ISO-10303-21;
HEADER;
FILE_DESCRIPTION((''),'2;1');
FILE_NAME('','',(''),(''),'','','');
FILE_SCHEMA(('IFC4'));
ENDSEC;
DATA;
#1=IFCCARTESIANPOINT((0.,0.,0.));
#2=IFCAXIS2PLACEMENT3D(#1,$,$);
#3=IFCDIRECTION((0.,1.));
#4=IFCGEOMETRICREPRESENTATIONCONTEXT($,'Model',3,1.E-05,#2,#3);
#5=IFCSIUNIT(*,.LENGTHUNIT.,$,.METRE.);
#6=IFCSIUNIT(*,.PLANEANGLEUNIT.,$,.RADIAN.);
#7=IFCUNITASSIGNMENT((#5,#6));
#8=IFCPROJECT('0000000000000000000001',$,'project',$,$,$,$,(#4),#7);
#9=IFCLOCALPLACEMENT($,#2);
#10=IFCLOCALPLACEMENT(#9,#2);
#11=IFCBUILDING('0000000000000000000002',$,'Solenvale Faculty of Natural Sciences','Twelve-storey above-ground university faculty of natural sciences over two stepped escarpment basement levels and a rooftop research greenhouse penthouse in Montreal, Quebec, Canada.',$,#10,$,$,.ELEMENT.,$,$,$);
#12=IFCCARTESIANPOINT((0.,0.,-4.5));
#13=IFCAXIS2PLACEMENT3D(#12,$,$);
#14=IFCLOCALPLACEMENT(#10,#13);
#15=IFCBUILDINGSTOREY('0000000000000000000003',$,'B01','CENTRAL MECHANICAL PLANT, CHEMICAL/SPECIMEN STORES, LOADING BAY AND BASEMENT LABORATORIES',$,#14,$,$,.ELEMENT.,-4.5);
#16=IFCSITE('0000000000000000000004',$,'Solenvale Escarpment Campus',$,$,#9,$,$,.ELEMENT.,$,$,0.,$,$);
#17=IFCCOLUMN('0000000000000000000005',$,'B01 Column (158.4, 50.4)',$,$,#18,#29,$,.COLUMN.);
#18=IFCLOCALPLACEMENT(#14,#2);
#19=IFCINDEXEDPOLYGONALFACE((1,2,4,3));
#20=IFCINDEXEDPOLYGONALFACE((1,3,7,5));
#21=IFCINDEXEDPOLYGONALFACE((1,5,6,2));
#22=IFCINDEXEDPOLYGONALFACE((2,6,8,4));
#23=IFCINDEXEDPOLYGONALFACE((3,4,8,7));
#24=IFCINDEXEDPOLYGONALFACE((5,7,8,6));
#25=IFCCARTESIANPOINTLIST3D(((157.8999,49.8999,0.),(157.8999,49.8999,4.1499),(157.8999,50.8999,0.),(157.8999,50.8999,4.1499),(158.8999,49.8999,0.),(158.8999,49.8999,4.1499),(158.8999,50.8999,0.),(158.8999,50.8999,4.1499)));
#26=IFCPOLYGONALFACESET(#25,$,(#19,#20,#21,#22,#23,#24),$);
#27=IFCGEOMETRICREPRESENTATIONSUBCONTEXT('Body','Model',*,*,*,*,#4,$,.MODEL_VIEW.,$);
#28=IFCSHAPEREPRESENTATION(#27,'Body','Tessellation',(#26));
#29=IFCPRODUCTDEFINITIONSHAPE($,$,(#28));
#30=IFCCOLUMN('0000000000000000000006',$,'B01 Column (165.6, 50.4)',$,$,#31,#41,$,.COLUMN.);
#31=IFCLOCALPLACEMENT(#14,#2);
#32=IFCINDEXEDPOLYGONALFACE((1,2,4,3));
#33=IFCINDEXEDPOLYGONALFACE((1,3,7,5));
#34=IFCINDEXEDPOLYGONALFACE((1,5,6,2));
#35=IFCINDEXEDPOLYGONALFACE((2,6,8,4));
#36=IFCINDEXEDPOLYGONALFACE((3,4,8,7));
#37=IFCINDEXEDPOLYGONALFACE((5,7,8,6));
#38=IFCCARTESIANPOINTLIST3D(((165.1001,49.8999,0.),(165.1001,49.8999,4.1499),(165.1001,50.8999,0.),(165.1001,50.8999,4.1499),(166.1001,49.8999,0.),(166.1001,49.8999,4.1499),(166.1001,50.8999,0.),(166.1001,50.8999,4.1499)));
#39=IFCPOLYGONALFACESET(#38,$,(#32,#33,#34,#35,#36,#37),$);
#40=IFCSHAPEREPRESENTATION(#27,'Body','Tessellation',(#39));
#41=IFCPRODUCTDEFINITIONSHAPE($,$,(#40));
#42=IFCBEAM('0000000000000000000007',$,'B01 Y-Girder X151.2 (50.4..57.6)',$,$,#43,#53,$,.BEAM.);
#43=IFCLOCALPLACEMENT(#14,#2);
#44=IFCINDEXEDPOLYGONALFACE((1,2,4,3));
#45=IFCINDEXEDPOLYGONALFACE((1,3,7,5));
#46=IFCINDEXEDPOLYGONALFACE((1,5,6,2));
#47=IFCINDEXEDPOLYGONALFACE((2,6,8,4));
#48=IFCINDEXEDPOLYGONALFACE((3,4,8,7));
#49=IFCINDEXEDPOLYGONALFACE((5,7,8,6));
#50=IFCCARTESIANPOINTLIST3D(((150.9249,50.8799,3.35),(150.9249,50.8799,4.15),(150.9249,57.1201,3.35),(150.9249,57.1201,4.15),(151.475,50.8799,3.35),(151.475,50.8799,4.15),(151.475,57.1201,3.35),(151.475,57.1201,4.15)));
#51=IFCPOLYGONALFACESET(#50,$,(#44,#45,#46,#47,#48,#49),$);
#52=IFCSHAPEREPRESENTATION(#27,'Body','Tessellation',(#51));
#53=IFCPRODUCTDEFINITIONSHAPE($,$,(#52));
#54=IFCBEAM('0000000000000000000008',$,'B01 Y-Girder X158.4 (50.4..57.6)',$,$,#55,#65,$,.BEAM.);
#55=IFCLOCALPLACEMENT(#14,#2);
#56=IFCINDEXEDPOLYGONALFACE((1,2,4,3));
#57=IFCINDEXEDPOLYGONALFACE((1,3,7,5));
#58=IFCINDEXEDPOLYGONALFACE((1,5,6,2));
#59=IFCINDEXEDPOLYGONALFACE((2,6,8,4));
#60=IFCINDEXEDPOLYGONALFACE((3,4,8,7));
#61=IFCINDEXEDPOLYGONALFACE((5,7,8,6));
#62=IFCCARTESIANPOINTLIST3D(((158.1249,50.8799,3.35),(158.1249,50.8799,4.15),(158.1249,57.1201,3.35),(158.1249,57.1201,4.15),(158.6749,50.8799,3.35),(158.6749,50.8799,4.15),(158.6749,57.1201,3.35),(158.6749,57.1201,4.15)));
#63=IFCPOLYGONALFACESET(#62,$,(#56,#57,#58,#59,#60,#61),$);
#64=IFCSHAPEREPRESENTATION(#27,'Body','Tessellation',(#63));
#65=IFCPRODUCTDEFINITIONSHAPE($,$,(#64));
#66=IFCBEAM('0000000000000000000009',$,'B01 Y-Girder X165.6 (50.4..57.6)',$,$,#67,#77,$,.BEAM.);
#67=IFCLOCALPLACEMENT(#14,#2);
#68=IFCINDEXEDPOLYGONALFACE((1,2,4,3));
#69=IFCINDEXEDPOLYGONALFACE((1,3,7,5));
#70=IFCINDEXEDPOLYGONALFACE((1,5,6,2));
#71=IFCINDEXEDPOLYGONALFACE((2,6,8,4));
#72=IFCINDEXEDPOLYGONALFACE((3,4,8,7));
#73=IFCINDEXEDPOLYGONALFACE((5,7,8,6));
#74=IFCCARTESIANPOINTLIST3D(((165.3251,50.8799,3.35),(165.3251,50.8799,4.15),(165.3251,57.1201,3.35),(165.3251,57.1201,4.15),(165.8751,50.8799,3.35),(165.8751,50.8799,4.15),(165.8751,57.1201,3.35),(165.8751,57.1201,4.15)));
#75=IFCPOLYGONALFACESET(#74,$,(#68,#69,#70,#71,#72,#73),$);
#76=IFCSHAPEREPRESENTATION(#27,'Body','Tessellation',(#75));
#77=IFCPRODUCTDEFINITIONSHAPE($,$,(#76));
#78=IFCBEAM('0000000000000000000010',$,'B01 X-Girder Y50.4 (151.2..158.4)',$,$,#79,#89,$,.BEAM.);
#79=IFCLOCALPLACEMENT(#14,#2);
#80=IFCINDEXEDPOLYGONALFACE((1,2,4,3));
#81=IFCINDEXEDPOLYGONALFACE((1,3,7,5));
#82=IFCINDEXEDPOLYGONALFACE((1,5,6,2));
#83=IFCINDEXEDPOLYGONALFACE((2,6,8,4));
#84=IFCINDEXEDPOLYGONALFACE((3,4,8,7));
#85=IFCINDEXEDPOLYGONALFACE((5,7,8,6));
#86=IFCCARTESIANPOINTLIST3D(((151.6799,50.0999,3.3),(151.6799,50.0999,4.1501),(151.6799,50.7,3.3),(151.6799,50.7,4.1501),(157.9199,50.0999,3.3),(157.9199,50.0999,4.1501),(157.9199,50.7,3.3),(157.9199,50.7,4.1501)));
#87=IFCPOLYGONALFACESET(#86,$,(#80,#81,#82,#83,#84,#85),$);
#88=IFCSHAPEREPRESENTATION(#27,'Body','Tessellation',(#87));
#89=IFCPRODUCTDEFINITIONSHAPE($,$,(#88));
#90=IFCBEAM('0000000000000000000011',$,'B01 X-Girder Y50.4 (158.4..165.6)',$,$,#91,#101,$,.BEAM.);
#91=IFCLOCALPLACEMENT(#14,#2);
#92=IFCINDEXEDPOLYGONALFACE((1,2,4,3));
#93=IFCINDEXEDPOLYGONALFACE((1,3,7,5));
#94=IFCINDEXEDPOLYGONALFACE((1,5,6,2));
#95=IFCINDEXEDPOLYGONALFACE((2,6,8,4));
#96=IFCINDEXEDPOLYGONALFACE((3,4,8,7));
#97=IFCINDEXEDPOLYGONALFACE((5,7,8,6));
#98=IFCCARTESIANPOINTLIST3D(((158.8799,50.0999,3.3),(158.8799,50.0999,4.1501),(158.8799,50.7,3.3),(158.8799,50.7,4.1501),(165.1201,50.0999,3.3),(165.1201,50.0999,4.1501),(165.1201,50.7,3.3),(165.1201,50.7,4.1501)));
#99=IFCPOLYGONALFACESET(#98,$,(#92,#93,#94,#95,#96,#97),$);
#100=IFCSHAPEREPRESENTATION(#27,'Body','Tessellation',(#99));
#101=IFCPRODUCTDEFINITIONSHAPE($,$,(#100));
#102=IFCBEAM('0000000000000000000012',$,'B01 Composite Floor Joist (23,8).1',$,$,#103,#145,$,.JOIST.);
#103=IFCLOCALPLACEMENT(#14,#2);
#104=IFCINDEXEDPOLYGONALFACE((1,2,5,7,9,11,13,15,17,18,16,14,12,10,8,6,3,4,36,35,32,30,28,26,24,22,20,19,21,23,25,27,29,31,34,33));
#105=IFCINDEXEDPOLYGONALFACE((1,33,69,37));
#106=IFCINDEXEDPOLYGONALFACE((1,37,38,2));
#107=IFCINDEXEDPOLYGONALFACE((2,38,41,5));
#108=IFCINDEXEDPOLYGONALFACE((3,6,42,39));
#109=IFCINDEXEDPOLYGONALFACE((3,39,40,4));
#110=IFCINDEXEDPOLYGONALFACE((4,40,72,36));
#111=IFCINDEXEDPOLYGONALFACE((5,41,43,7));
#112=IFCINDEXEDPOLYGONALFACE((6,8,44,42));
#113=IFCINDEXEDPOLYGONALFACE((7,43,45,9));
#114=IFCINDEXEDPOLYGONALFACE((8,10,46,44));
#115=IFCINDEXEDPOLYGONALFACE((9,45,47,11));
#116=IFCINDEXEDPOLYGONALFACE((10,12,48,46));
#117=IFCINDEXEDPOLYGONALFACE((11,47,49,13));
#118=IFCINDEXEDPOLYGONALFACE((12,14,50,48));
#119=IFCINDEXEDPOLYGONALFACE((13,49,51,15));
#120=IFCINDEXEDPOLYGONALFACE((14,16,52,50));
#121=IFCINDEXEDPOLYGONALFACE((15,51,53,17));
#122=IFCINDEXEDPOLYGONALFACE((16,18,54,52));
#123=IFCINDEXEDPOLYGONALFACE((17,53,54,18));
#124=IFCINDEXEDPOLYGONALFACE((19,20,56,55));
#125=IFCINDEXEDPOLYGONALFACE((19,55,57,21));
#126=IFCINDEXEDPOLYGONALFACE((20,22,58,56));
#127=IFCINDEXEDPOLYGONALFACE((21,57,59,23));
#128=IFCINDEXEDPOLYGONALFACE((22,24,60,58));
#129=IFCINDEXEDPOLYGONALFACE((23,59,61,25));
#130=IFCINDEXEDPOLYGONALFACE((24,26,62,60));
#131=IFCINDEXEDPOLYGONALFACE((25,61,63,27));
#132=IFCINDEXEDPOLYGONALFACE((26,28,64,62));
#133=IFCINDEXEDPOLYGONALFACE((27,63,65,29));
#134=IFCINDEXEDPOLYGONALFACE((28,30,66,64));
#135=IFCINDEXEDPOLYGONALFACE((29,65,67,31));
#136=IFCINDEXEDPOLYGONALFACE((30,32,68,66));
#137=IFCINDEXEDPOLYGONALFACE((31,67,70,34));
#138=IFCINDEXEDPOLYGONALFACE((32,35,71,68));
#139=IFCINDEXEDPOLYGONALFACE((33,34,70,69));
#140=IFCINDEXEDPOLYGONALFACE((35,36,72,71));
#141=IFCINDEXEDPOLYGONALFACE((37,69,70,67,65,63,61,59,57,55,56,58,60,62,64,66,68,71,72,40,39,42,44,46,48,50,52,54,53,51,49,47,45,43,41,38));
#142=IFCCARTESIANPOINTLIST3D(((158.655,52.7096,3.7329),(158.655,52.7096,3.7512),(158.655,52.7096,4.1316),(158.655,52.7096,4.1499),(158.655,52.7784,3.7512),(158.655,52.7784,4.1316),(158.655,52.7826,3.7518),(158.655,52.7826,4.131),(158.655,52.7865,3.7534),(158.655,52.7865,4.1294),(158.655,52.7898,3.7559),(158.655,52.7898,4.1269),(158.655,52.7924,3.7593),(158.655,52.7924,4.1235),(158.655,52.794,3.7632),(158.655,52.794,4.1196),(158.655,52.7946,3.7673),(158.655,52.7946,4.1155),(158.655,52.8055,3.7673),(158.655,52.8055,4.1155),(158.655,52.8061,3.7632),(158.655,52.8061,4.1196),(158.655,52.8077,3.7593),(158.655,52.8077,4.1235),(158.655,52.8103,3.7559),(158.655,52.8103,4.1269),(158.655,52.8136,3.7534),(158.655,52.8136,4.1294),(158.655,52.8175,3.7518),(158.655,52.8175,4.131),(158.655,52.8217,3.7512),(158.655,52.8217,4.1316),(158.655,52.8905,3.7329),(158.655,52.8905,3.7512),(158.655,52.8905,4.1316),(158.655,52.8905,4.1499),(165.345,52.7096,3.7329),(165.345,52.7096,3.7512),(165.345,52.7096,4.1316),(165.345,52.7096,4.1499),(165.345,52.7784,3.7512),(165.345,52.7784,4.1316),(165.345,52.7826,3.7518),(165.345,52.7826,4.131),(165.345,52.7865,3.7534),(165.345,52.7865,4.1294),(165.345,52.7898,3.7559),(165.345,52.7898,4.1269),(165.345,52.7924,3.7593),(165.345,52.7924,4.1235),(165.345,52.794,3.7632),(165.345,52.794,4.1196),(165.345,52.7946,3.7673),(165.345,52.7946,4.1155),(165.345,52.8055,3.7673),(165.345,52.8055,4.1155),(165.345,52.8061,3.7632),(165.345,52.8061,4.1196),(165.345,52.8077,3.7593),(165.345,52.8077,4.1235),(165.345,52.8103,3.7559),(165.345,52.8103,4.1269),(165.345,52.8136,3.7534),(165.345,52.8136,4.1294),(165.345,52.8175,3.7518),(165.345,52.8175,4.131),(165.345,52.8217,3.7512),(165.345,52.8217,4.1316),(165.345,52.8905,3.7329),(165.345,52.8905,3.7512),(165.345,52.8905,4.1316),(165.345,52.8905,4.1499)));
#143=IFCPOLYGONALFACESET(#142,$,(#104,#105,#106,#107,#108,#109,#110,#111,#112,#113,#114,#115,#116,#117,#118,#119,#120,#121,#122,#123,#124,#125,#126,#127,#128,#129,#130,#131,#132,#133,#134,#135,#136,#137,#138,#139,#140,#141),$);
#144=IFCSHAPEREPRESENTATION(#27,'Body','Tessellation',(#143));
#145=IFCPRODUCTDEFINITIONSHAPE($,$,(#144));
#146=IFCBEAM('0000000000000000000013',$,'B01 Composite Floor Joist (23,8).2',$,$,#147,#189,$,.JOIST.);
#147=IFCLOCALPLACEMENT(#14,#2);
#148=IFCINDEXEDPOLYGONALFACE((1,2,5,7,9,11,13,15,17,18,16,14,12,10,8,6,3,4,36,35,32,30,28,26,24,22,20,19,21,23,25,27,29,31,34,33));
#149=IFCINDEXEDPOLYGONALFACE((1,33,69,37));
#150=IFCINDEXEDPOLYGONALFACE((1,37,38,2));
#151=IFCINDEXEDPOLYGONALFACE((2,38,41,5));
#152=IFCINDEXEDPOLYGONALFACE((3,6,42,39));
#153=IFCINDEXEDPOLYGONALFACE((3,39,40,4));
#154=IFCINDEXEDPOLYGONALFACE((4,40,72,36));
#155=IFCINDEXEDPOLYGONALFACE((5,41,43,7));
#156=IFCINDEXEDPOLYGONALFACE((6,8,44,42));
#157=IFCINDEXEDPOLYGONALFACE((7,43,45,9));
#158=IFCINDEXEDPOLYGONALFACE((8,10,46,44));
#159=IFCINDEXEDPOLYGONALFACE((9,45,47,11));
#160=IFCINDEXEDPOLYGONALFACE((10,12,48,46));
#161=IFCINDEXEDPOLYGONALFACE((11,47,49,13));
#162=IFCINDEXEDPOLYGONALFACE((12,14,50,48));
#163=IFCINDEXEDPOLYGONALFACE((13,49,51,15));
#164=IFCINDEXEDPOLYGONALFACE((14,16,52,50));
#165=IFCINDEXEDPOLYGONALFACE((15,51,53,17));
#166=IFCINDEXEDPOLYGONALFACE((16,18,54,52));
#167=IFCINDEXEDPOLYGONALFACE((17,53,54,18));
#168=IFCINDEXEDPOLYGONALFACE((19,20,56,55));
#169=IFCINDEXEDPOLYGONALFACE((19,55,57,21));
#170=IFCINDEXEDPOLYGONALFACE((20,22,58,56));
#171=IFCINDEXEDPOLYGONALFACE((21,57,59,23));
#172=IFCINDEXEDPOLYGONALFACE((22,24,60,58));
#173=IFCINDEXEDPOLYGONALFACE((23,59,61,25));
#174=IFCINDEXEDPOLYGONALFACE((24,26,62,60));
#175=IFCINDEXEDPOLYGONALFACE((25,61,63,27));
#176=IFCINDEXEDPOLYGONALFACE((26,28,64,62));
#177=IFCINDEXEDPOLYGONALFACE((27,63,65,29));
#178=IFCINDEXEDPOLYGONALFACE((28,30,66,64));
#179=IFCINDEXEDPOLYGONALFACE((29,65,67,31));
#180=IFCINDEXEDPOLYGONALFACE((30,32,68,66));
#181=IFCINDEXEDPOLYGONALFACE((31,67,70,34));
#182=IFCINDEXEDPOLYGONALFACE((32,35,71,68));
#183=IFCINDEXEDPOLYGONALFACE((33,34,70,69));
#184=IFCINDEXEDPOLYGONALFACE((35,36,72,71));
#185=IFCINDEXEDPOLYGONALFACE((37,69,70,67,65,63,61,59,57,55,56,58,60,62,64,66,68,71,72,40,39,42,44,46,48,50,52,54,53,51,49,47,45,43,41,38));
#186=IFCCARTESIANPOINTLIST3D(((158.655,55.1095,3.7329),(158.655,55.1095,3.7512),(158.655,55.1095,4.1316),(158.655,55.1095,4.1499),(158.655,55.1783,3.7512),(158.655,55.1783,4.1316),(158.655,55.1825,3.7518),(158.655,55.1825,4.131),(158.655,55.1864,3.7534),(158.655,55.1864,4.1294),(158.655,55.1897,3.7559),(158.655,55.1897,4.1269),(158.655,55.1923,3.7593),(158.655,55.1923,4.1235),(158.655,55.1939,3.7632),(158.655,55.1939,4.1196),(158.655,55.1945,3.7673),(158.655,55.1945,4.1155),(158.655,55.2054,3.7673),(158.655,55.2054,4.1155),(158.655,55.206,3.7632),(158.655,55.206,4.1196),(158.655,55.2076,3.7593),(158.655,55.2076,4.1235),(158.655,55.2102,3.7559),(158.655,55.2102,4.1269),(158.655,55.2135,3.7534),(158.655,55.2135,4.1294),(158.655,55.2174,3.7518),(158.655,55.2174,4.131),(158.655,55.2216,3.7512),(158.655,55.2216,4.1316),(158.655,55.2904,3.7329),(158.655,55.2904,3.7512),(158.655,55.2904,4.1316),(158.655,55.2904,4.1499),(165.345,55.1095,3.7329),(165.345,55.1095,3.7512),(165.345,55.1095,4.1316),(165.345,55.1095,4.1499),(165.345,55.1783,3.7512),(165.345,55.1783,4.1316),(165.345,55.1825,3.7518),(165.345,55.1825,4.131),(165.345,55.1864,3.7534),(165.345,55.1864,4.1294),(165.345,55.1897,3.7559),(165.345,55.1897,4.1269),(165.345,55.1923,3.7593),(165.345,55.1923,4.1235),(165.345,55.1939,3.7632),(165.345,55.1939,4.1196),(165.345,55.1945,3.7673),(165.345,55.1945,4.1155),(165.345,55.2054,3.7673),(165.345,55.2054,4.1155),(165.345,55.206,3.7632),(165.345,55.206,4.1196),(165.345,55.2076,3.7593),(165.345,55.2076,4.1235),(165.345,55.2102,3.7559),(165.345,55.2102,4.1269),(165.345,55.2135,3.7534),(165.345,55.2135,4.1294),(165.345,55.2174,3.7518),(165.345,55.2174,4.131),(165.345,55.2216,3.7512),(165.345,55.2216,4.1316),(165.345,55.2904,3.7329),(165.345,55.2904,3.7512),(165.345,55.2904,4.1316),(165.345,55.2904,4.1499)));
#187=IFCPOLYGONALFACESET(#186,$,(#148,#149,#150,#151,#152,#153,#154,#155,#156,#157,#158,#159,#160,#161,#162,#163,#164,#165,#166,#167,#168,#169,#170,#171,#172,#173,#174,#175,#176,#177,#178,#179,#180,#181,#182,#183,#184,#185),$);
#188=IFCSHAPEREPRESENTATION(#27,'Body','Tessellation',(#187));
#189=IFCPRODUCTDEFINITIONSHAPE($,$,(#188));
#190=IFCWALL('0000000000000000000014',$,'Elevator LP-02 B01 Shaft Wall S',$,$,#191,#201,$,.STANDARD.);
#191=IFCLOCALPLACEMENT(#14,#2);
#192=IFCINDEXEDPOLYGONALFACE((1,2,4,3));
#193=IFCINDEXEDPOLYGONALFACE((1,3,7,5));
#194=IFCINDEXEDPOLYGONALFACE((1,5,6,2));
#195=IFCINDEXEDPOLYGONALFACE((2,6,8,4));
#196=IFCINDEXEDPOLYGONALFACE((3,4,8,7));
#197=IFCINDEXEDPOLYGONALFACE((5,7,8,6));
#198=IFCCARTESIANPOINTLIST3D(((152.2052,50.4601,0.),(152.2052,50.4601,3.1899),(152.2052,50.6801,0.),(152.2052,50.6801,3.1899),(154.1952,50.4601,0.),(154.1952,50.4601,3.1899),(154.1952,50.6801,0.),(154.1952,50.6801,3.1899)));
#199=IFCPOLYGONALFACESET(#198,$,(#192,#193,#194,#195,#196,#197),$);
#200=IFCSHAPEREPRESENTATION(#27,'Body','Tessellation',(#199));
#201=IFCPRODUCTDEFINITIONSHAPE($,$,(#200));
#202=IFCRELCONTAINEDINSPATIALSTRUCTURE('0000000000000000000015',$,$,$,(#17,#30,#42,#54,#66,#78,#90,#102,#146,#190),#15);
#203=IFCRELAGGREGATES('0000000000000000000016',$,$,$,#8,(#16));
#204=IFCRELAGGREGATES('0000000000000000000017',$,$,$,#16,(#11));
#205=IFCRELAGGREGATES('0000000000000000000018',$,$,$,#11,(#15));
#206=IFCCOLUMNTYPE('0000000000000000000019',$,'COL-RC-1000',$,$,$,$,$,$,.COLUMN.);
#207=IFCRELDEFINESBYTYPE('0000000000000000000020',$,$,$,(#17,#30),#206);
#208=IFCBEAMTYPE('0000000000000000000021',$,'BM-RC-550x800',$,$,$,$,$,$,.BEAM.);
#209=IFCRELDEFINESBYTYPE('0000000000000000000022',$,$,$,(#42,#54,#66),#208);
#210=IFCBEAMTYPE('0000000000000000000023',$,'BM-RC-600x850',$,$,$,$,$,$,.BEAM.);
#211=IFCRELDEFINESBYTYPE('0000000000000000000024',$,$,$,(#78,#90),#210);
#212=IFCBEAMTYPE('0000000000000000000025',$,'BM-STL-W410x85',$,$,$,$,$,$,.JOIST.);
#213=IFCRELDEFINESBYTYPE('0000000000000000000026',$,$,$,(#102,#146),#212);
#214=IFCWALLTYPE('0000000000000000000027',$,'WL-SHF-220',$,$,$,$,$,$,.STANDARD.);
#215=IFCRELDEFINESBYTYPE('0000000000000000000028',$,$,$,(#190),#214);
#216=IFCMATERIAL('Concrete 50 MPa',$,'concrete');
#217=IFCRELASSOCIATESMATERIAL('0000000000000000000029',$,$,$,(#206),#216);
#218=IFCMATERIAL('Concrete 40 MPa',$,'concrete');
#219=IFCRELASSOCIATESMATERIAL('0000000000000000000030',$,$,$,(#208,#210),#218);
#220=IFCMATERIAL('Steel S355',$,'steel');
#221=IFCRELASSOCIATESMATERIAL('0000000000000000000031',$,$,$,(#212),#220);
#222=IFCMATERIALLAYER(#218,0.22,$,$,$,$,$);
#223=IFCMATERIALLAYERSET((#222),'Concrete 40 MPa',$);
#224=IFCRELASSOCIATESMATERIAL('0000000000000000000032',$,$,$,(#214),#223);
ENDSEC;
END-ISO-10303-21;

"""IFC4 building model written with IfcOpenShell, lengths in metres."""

from ifc_helpers import new_model, si_unit, direction, frame, frame_2d, origin, origin_2d, place, context, subcontext, project, spatial, rectangle, i_section, extrude, material, layer, layer_set, material_profile, profile_set, type_object, element, save


model = new_model("IFC4")

# Units and contexts
model_context = context("Model", 3, precision=1e-05, world=origin(), true_north=direction((0.0, 1.0)))
body_context = subcontext(model_context, "Body", "Model", "MODEL_VIEW")
ifc_project = project(units=[si_unit("LENGTHUNIT", "METRE"), si_unit("PLANEANGLEUNIT", "RADIAN")], contexts=[model_context])

# Site, building, storey
site_placement = place(None, origin())
site = spatial("IfcSite", under=ifc_project, at=site_placement, Name="Solenvale Escarpment Campus", CompositionType="ELEMENT", RefElevation=0.0)
building_placement = place(site_placement, origin())
building = spatial("IfcBuilding", under=site, at=building_placement, Name="Solenvale Faculty of Natural Sciences", Description="Twelve-storey above-ground university faculty of natural sciences over two stepped escarpment basement levels and a rooftop research greenhouse penthouse in Montreal, Quebec, Canada.", CompositionType="ELEMENT")
storey_placement = place(building_placement, frame((0.0, 0.0, -4.5)))
storey = spatial("IfcBuildingStorey", under=building, at=storey_placement, Name="B01", Description="CENTRAL MECHANICAL PLANT, CHEMICAL/SPECIMEN STORES, LOADING BAY AND BASEMENT LABORATORIES", CompositionType="ELEMENT", Elevation=-4.5)

# Shared definitions
ifc_material_1 = material(Name="Concrete 40 MPa", Category="concrete")

# Columns
ifc_material_2 = material(Name="Concrete 50 MPa", Category="concrete")
ifc_material_profile_1 = material_profile(ifc_material_2, rectangle(XDim=1.0, YDim=1.0, at=origin_2d()), Name="RC-COL-1000x1000")
ifc_profile_set_1 = profile_set([ifc_material_profile_1], Name="Concrete 50 MPa")
column_type = type_object("IfcColumnType", Name="COL-RC-1000", PredefinedType="COLUMN", material=ifc_profile_set_1)
for number, where, z_axis, x_axis, name in (
    (1, (158.3999, 50.3999, 0.0), (0.0, 0.0, 1.0), (1.0, 0.0, 0.0), "B01 Column (158.4, 50.4)"),
    (2, (165.6001, 50.3999, 0.0), (0.0, 0.0, 1.0), (1.0, 0.0, 0.0), "B01 Column (165.6, 50.4)"),
):
    element("IfcColumn", number, at=place(storey_placement, frame(where, z_axis=z_axis, x_axis=x_axis)), inside=storey, type_object=column_type, Name=name, PredefinedType="COLUMN", context=body_context, shape_type="SweptSolid", body=[
        extrude(rectangle(XDim=1.0, YDim=1.0, at=origin_2d()), origin(), (0.0, 0.0, 1.0), 4.1499),
    ])

# Beams
ifc_material_profile_2 = material_profile(ifc_material_1, rectangle(XDim=0.55, YDim=0.8, at=origin_2d()), Name="RC-BM-550x800")
ifc_profile_set_2 = profile_set([ifc_material_profile_2], Name="Concrete 40 MPa")
beam_type_1 = type_object("IfcBeamType", Name="BM-RC-550x800", PredefinedType="BEAM", material=ifc_profile_set_2)
for number, where, z_axis, x_axis, name in (
    (3, (151.2, 50.8799, 3.75), (0.0, 1.0, 0.0), (-1.0, 0.0, 0.0), "B01 Y-Girder X151.2 (50.4..57.6)"),
    (4, (158.3999, 50.8799, 3.75), (0.0, 1.0, 0.0), (-1.0, 0.0, 0.0), "B01 Y-Girder X158.4 (50.4..57.6)"),
    (5, (165.6001, 50.8799, 3.75), (0.0, 1.0, 0.0), (-1.0, 0.0, 0.0), "B01 Y-Girder X165.6 (50.4..57.6)"),
):
    element("IfcBeam", number, at=place(storey_placement, frame(where, z_axis=z_axis, x_axis=x_axis)), inside=storey, type_object=beam_type_1, Name=name, PredefinedType="BEAM", context=body_context, shape_type="SweptSolid", body=[
        extrude(rectangle(XDim=0.55, YDim=0.8, at=origin_2d()), origin(), (0.0, 0.0, 1.0), 6.2402),
    ])
ifc_material_profile_3 = material_profile(ifc_material_1, rectangle(XDim=0.6001, YDim=0.8501, at=origin_2d()), Name="RC-BM-600x850")
ifc_profile_set_3 = profile_set([ifc_material_profile_3], Name="Concrete 40 MPa")
beam_type_2 = type_object("IfcBeamType", Name="BM-RC-600x850", PredefinedType="BEAM", material=ifc_profile_set_3)
beam_1_placement = place(storey_placement, frame((151.6799, 50.3999, 3.7251), z_axis=(1.0, 0.0, 0.0), x_axis=(0.0, 1.0, 0.0)))
element("IfcBeam", 6, at=beam_1_placement, inside=storey, type_object=beam_type_2, Name="B01 X-Girder Y50.4 (151.2..158.4)", PredefinedType="BEAM", context=body_context, shape_type="SweptSolid", body=[
    extrude(rectangle(XDim=0.6001, YDim=0.8501, at=origin_2d()), origin(), (0.0, 0.0, 1.0), 6.24),
])
beam_2_placement = place(storey_placement, frame((158.8799, 50.3999, 3.7251), z_axis=(1.0, 0.0, 0.0), x_axis=(0.0, 1.0, 0.0)))
element("IfcBeam", 7, at=beam_2_placement, inside=storey, type_object=beam_type_2, Name="B01 X-Girder Y50.4 (158.4..165.6)", PredefinedType="BEAM", context=body_context, shape_type="SweptSolid", body=[
    extrude(rectangle(XDim=0.6001, YDim=0.8501, at=origin_2d()), origin(), (0.0, 0.0, 1.0), 6.2402),
])
ifc_material_3 = material(Name="Steel S355", Category="steel")
ifc_material_profile_4 = material_profile(ifc_material_3, i_section(OverallWidth=0.1809, OverallDepth=0.417, WebThickness=0.011, FlangeThickness=0.0183, FilletRadius=0.0161, at=origin_2d()), Name="W410x85")
ifc_profile_set_4 = profile_set([ifc_material_profile_4], Name="Steel S355")
beam_type_3 = type_object("IfcBeamType", Name="BM-STL-W410x85", PredefinedType="JOIST", material=ifc_profile_set_4)
for number, where, z_axis, x_axis, name in (
    (8, (158.655, 52.8, 3.9414), (1.0, 0.0, 0.0), (0.0, 1.0, 0.0), "B01 Composite Floor Joist (23,8).1"),
    (9, (158.655, 55.2, 3.9414), (1.0, 0.0, 0.0), (0.0, 1.0, 0.0), "B01 Composite Floor Joist (23,8).2"),
):
    element("IfcBeam", number, at=place(storey_placement, frame(where, z_axis=z_axis, x_axis=x_axis)), inside=storey, type_object=beam_type_3, Name=name, PredefinedType="JOIST", context=body_context, shape_type="SweptSolid", body=[
        extrude(i_section(OverallWidth=0.1809, OverallDepth=0.417, WebThickness=0.011, FlangeThickness=0.0183, FilletRadius=0.0161, at=origin_2d()), origin(), (0.0, 0.0, 1.0), 6.6899),
    ])

# Wall
ifc_layer = layer(ifc_material_1, 0.22)
ifc_layer_set = layer_set([ifc_layer], Name="Concrete 40 MPa")
wall_type = type_object("IfcWallType", Name="WL-SHF-220", PredefinedType="STANDARD", material=ifc_layer_set)
wall_1_placement = place(storey_placement, frame((152.2051, 50.5701, 0.0), z_axis=(0.0, 0.0, 1.0), x_axis=(1.0, 0.0, 0.0)))
element("IfcWall", 10, at=wall_1_placement, inside=storey, type_object=wall_type, Name="Elevator LP-02 B01 Shaft Wall S", PredefinedType="STANDARD", context=body_context, shape_type="SweptSolid", body=[
    extrude(rectangle(XDim=1.99, YDim=0.22, at=frame_2d((0.9951, 0.0))), origin(), (0.0, 0.0, 1.0), 3.1899),
])

save(model, "model.ifc")
